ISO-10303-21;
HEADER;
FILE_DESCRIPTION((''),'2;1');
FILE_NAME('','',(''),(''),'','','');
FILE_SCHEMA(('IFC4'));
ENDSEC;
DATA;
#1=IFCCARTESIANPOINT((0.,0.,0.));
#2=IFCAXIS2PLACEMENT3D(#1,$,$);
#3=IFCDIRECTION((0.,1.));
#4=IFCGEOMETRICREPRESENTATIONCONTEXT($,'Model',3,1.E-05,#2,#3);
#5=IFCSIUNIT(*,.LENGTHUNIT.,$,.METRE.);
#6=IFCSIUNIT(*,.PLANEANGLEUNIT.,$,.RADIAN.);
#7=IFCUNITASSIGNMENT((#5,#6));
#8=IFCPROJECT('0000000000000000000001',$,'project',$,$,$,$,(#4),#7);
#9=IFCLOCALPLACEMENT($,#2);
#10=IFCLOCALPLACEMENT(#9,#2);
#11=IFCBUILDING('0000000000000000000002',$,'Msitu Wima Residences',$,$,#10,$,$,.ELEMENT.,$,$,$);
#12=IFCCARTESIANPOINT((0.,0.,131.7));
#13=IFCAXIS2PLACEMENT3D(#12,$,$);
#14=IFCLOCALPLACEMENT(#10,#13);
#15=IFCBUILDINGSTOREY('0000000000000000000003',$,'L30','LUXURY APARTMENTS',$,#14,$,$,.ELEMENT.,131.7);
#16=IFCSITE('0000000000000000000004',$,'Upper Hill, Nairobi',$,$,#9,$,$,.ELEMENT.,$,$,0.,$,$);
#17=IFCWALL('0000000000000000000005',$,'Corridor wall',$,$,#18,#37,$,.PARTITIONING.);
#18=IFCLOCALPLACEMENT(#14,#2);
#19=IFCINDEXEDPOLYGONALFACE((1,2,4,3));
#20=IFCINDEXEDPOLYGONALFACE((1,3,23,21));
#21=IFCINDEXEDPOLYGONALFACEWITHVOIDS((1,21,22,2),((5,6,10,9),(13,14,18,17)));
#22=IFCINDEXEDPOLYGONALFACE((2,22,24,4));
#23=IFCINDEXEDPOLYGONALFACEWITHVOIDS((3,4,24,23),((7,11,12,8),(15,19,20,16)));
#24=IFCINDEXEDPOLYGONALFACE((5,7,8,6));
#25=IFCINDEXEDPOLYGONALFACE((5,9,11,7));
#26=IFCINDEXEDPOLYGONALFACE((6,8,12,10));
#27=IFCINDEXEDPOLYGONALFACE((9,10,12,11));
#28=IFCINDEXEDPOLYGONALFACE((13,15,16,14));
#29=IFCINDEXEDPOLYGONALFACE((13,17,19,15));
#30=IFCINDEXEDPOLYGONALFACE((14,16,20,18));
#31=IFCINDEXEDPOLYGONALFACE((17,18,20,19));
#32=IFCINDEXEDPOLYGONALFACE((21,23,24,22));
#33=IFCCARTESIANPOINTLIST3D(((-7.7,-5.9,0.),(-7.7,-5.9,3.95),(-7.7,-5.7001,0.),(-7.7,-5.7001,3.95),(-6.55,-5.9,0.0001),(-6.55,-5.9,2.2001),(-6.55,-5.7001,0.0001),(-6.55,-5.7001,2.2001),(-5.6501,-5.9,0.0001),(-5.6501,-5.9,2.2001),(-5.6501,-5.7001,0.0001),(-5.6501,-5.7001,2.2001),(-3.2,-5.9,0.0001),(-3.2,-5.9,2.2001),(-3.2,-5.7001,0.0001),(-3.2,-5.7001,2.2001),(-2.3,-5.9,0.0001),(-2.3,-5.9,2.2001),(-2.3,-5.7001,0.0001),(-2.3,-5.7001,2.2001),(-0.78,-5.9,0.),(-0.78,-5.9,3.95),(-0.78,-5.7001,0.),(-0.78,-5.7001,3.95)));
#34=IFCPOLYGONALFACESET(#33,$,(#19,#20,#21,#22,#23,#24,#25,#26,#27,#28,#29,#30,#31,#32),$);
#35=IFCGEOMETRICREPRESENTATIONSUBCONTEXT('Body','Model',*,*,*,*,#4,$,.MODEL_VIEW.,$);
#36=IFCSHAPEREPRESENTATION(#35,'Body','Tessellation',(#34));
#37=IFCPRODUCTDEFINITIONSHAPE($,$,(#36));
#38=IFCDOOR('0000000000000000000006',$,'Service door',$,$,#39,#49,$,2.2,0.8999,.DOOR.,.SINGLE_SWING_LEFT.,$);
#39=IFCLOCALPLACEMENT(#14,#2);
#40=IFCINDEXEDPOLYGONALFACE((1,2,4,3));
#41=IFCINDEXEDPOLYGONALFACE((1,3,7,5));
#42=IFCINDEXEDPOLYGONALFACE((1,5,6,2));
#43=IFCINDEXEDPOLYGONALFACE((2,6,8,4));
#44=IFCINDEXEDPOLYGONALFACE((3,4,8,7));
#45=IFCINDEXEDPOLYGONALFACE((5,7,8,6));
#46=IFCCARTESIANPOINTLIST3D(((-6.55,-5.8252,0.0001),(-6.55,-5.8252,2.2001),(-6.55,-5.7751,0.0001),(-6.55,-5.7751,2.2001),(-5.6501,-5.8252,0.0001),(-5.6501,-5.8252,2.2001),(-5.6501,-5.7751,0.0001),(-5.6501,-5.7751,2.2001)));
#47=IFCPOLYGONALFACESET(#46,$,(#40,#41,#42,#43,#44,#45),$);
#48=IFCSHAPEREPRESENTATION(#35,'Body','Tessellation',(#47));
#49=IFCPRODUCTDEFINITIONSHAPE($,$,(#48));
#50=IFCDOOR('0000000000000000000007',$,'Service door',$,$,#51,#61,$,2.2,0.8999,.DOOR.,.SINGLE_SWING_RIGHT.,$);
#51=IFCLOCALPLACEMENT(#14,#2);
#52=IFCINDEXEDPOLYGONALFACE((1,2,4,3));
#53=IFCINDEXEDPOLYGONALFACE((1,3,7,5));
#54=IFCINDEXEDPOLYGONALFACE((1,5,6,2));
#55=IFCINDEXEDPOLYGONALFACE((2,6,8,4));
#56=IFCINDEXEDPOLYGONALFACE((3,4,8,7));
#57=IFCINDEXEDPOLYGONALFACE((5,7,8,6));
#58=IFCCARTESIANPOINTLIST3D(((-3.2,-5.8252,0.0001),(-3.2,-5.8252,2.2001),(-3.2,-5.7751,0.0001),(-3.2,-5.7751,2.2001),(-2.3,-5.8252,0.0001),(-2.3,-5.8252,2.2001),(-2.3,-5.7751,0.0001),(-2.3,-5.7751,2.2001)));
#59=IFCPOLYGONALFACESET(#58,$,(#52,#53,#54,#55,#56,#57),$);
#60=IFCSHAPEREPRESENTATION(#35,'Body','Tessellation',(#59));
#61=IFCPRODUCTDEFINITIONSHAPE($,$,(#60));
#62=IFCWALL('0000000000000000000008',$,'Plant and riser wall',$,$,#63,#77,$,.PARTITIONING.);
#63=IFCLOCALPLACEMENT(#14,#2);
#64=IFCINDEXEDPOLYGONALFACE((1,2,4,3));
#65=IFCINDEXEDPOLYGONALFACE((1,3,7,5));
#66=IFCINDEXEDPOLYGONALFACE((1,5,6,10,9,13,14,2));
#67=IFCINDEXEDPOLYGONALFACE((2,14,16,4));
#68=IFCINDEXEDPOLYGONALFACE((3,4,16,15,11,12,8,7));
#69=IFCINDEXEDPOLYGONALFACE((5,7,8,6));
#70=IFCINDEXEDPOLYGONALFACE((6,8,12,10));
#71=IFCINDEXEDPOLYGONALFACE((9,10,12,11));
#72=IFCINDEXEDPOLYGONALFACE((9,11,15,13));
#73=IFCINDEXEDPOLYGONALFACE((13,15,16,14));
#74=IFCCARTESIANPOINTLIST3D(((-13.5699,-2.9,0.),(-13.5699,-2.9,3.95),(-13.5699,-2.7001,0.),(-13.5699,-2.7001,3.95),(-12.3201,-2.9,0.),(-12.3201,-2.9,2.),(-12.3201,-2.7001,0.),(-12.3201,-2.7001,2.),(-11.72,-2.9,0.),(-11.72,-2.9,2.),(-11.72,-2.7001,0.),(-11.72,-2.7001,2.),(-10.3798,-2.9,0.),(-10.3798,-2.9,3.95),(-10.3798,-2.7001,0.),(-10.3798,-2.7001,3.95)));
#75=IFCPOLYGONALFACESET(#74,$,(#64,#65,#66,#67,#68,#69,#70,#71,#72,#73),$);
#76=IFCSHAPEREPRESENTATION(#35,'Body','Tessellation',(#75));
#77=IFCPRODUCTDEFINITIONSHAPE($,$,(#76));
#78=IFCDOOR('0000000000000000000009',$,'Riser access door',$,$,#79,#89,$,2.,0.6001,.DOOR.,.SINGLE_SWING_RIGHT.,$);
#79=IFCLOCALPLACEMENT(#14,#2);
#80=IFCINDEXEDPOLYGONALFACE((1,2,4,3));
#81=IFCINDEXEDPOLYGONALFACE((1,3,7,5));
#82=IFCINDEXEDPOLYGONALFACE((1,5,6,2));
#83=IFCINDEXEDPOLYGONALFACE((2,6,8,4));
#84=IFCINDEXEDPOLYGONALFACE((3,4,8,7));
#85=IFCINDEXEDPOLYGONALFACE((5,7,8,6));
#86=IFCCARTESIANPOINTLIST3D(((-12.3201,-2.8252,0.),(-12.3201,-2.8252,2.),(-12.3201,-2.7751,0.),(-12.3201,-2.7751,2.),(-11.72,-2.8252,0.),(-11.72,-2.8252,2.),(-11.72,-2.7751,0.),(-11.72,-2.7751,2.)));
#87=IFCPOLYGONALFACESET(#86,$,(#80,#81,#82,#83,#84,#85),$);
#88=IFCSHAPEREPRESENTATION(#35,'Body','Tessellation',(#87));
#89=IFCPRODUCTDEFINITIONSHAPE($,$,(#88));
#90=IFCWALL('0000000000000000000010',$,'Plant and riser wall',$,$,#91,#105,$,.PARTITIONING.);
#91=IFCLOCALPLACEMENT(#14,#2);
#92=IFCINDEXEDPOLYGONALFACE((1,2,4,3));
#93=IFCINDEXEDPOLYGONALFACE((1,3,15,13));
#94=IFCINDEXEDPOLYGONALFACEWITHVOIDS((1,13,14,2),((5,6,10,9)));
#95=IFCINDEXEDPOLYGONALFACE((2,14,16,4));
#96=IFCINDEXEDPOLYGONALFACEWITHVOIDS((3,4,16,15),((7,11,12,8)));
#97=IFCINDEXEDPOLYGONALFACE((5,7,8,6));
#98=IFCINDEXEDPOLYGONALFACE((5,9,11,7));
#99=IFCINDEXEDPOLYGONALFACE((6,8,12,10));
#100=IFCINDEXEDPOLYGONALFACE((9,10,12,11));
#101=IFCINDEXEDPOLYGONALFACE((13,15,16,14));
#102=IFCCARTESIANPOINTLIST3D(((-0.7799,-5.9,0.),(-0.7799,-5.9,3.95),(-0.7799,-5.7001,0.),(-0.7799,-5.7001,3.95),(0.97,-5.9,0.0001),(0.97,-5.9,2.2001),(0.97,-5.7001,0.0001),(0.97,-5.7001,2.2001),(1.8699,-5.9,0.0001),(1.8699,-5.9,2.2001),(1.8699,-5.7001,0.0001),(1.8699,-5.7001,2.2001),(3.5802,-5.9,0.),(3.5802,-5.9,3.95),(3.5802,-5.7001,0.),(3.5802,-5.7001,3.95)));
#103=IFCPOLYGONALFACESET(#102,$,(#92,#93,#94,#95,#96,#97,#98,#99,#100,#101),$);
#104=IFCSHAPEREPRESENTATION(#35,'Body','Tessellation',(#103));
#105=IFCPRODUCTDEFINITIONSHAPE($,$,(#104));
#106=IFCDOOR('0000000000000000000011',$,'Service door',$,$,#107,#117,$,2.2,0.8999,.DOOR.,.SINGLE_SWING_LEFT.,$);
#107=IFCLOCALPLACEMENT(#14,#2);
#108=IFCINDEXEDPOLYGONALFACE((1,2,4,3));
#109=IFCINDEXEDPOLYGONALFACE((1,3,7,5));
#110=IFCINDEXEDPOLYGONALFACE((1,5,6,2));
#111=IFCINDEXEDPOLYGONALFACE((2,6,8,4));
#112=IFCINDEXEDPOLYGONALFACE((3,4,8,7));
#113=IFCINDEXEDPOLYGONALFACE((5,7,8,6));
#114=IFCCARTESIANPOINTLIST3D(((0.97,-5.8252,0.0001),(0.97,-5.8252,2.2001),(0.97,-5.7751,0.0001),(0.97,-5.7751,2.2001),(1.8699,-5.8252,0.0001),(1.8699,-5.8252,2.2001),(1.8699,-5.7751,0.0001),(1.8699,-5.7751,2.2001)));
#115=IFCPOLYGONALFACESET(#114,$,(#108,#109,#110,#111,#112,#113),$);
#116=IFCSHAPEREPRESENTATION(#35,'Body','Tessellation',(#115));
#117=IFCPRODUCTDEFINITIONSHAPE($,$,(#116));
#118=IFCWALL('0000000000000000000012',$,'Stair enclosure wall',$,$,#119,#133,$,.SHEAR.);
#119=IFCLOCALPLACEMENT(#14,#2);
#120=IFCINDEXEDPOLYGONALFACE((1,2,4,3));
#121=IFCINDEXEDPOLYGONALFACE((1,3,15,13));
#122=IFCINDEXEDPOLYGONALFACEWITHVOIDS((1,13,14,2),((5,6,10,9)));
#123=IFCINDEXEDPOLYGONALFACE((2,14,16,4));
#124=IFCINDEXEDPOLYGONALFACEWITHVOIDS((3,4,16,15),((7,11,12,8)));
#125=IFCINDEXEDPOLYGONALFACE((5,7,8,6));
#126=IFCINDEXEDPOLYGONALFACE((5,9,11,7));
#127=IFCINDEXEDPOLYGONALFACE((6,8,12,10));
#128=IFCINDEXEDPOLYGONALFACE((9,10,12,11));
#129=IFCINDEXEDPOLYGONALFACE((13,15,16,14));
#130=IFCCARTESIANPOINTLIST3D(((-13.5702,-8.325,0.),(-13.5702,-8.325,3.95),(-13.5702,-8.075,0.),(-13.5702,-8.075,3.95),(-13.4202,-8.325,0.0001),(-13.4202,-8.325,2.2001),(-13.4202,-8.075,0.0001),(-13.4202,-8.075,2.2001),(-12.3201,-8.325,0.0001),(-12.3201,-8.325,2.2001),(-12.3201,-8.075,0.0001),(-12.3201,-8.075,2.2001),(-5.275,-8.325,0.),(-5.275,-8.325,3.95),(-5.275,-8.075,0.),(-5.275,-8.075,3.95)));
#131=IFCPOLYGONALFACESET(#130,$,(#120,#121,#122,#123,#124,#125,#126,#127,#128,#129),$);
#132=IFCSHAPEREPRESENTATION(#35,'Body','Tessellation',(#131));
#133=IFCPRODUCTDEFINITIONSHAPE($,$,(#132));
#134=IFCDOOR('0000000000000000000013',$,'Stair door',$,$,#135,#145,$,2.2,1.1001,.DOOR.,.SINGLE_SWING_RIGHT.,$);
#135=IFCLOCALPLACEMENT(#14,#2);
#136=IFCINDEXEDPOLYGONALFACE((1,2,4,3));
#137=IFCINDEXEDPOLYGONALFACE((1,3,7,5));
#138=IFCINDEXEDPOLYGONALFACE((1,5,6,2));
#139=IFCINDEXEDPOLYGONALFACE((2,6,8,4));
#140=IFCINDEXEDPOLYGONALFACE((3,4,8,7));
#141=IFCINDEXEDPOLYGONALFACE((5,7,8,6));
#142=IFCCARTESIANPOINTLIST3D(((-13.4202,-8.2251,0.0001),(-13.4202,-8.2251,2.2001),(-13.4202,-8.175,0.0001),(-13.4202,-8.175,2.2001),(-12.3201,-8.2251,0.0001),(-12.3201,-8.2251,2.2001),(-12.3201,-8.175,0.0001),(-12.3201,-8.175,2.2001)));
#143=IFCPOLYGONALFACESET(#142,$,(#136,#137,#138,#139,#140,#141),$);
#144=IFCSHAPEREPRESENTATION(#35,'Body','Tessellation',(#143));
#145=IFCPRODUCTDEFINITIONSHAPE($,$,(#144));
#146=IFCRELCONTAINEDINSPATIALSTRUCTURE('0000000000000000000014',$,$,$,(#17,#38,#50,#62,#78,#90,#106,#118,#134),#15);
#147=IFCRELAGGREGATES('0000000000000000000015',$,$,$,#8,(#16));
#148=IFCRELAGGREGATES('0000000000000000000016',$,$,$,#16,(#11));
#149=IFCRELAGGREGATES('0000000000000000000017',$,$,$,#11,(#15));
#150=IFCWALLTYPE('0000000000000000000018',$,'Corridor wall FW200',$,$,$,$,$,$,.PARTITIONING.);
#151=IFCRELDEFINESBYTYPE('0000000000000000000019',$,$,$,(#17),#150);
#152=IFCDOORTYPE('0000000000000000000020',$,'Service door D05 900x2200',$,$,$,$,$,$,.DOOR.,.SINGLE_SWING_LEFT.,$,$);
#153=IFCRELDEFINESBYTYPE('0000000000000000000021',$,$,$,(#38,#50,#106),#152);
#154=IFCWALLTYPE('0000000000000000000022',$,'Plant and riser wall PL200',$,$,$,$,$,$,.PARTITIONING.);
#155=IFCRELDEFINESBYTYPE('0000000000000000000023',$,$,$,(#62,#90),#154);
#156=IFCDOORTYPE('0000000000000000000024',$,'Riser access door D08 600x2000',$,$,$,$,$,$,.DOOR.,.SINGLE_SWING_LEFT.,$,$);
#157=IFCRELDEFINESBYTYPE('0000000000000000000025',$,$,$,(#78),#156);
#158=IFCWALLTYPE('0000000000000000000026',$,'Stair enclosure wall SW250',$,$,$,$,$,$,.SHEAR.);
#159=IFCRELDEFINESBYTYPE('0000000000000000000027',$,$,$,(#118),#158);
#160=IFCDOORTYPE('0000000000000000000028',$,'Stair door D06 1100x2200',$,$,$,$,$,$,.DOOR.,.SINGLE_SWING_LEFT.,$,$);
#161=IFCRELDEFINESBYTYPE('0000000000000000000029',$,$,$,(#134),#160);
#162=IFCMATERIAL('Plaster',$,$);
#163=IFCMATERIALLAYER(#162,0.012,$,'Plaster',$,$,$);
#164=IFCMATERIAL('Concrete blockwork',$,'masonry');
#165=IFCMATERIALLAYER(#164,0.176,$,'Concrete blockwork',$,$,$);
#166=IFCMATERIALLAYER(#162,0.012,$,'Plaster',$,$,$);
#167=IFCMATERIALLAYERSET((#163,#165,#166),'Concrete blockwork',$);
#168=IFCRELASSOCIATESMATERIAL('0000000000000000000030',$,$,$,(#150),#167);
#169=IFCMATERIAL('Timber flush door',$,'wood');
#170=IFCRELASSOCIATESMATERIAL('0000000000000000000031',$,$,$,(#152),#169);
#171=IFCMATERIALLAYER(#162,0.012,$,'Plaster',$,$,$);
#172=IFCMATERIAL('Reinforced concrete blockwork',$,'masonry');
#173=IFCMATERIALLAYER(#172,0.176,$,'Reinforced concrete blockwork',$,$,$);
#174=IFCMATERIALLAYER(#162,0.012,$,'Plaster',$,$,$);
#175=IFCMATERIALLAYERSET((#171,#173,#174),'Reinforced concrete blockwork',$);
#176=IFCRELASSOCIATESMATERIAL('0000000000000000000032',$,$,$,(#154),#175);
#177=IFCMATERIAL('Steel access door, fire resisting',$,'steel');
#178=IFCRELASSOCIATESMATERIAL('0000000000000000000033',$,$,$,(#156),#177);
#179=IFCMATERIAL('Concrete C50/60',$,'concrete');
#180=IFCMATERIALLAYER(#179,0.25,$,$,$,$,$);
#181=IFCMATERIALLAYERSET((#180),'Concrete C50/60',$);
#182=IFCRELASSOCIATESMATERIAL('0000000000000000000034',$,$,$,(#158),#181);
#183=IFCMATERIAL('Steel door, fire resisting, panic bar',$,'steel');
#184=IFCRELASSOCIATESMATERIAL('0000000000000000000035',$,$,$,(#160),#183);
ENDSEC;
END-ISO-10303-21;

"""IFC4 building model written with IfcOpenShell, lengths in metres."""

from ifc_helpers import new_model, si_unit, direction, frame, frame_2d, origin, place, context, subcontext, project, spatial, rectangle, extrude, material, layer, layer_set, type_object, element, fill, save


model = new_model("IFC4")

# Units and contexts
model_context = context("Model", 3, precision=1e-05, world=origin(), true_north=direction((0.0, 1.0)))
body_context = subcontext(model_context, "Body", "Model", "MODEL_VIEW")
ifc_project = project(units=[si_unit("LENGTHUNIT", "METRE"), si_unit("PLANEANGLEUNIT", "RADIAN")], contexts=[model_context])

# Site, building, storey
site_placement = place(None, origin())
site = spatial("IfcSite", under=ifc_project, at=site_placement, Name="Upper Hill, Nairobi", CompositionType="ELEMENT", RefElevation=0.0)
building_placement = place(site_placement, origin())
building = spatial("IfcBuilding", under=site, at=building_placement, Name="Msitu Wima Residences", CompositionType="ELEMENT")
storey_placement = place(building_placement, frame((0.0, 0.0, 131.7)))
storey = spatial("IfcBuildingStorey", under=building, at=storey_placement, Name="L30", Description="LUXURY APARTMENTS", CompositionType="ELEMENT", Elevation=131.7)

# Shared definitions
ifc_material_1 = material(Name="Plaster")
ifc_layer_1 = layer(ifc_material_1, 0.012, Name="Plaster")
ifc_material_2 = material(Name="Concrete blockwork", Category="masonry")
ifc_layer_2 = layer(ifc_material_2, 0.176, Name="Concrete blockwork")
ifc_layer_3 = layer(ifc_material_1, 0.012, Name="Plaster")
ifc_layer_set_1 = layer_set([ifc_layer_1, ifc_layer_2, ifc_layer_3], Name="Concrete blockwork")
wall_type_1 = type_object("IfcWallType", Name="Corridor wall FW200", PredefinedType="PARTITIONING", material=ifc_layer_set_1)

# Wall, openings, doors
wall_1_placement = place(storey_placement, frame((-7.7, -5.8, 0.0), z_axis=(0.0, 0.0, 1.0), x_axis=(1.0, 0.0, 0.0)))
wall_1 = element("IfcWall", 1, at=wall_1_placement, inside=storey, type_object=wall_type_1, Name="Corridor wall", PredefinedType="PARTITIONING", context=body_context, shape_type="SweptSolid", body=[
    extrude(rectangle(XDim=6.9199, YDim=0.2, at=frame_2d((3.46, 0.0))), origin(), (0.0, 0.0, 1.0), 3.95),
])
opening_1_placement = place(wall_1_placement, frame((1.1499, 0.0, 0.0)))
opening_1 = element("IfcOpeningElement", 2, at=opening_1_placement, cuts=wall_1, PredefinedType="OPENING", context=body_context, shape_type="SweptSolid", body=[
    extrude(rectangle(XDim=0.8999, YDim=2.2, at=frame_2d((0.45, 1.1001))), frame((0.0, 0.1099, 0.0), z_axis=(0.0, -1.0, 0.0), x_axis=(1.0, 0.0, 0.0)), (0.0, 0.0, 1.0), 0.22),
])
opening_2_placement = place(wall_1_placement, frame((4.5, 0.0, 0.0)))
opening_2 = element("IfcOpeningElement", 3, at=opening_2_placement, cuts=wall_1, PredefinedType="OPENING", context=body_context, shape_type="SweptSolid", body=[
    extrude(rectangle(XDim=0.8999, YDim=2.2, at=frame_2d((0.45, 1.1001))), frame((0.0, 0.1099, 0.0), z_axis=(0.0, -1.0, 0.0), x_axis=(1.0, 0.0, 0.0)), (0.0, 0.0, 1.0), 0.22),
])
ifc_material_3 = material(Name="Timber flush door", Category="wood")
door_type_1 = type_object("IfcDoorType", Name="Service door D05 900x2200", OperationType="SINGLE_SWING_LEFT", PredefinedType="DOOR", material=ifc_material_3)
door_1_placement = place(opening_1_placement, origin())
door_1 = element("IfcDoor", 4, at=door_1_placement, inside=storey, type_object=door_type_1, Name="Service door", OperationType="SINGLE_SWING_LEFT", OverallHeight=2.2, OverallWidth=0.8999, PredefinedType="DOOR", context=body_context, shape_type="SweptSolid", body=[
    extrude(rectangle(XDim=0.8999, YDim=2.2, at=frame_2d((0.45, 1.1001))), frame((0.0, 0.0249, 0.0), z_axis=(0.0, -1.0, 0.0), x_axis=(1.0, 0.0, 0.0)), (0.0, 0.0, 1.0), 0.05),
])
fill(opening_1, door_1)
door_2_placement = place(opening_2_placement, origin())
door_2 = element("IfcDoor", 5, at=door_2_placement, inside=storey, type_object=door_type_1, Name="Service door", OperationType="SINGLE_SWING_RIGHT", OverallHeight=2.2, OverallWidth=0.8999, PredefinedType="DOOR", context=body_context, shape_type="SweptSolid", body=[
    extrude(rectangle(XDim=0.8999, YDim=2.2, at=frame_2d((0.45, 1.1001))), frame((0.0, 0.0249, 0.0), z_axis=(0.0, -1.0, 0.0), x_axis=(1.0, 0.0, 0.0)), (0.0, 0.0, 1.0), 0.05),
])
fill(opening_2, door_2)

# Walls, openings, doors
ifc_layer_4 = layer(ifc_material_1, 0.012, Name="Plaster")
ifc_material_4 = material(Name="Reinforced concrete blockwork", Category="masonry")
ifc_layer_5 = layer(ifc_material_4, 0.176, Name="Reinforced concrete blockwork")
ifc_layer_6 = layer(ifc_material_1, 0.012, Name="Plaster")
ifc_layer_set_2 = layer_set([ifc_layer_4, ifc_layer_5, ifc_layer_6], Name="Reinforced concrete blockwork")
wall_type_2 = type_object("IfcWallType", Name="Plant and riser wall PL200", PredefinedType="PARTITIONING", material=ifc_layer_set_2)
wall_2_placement = place(storey_placement, frame((-13.5701, -2.8, 0.0), z_axis=(0.0, 0.0, 1.0), x_axis=(1.0, 0.0, 0.0)))
wall_2 = element("IfcWall", 6, at=wall_2_placement, inside=storey, type_object=wall_type_2, Name="Plant and riser wall", PredefinedType="PARTITIONING", context=body_context, shape_type="SweptSolid", body=[
    extrude(rectangle(XDim=3.1902, YDim=0.2, at=frame_2d((1.5952, 0.0))), origin(), (0.0, 0.0, 1.0), 3.95),
])
opening_3_placement = place(wall_2_placement, frame((1.25, 0.0, 0.0)))
opening_3 = element("IfcOpeningElement", 7, at=opening_3_placement, cuts=wall_2, PredefinedType="OPENING", context=body_context, shape_type="SweptSolid", body=[
    extrude(rectangle(XDim=0.6001, YDim=2.0, at=frame_2d((0.3, 1.0))), frame((0.0, 0.1099, 0.0), z_axis=(0.0, -1.0, 0.0), x_axis=(1.0, 0.0, 0.0)), (0.0, 0.0, 1.0), 0.22),
])
ifc_material_5 = material(Name="Steel access door, fire resisting", Category="steel")
door_type_2 = type_object("IfcDoorType", Name="Riser access door D08 600x2000", OperationType="SINGLE_SWING_LEFT", PredefinedType="DOOR", material=ifc_material_5)
door_3_placement = place(opening_3_placement, origin())
door_3 = element("IfcDoor", 8, at=door_3_placement, inside=storey, type_object=door_type_2, Name="Riser access door", OperationType="SINGLE_SWING_RIGHT", OverallHeight=2.0, OverallWidth=0.6001, PredefinedType="DOOR", context=body_context, shape_type="SweptSolid", body=[
    extrude(rectangle(XDim=0.6001, YDim=2.0, at=frame_2d((0.3, 1.0))), frame((0.0, 0.0249, 0.0), z_axis=(0.0, -1.0, 0.0), x_axis=(1.0, 0.0, 0.0)), (0.0, 0.0, 1.0), 0.05),
])
fill(opening_3, door_3)
wall_3_placement = place(storey_placement, frame((-0.78, -5.8, 0.0), z_axis=(0.0, 0.0, 1.0), x_axis=(1.0, 0.0, 0.0)))
wall_3 = element("IfcWall", 9, at=wall_3_placement, inside=storey, type_object=wall_type_2, Name="Plant and riser wall", PredefinedType="PARTITIONING", context=body_context, shape_type="SweptSolid", body=[
    extrude(rectangle(XDim=4.3601, YDim=0.2, at=frame_2d((2.1802, 0.0))), origin(), (0.0, 0.0, 1.0), 3.95),
])
opening_4_placement = place(wall_3_placement, frame((1.75, 0.0, 0.0)))
opening_4 = element("IfcOpeningElement", 10, at=opening_4_placement, cuts=wall_3, PredefinedType="OPENING", context=body_context, shape_type="SweptSolid", body=[
    extrude(rectangle(XDim=0.8999, YDim=2.2, at=frame_2d((0.45, 1.1001))), frame((0.0, 0.1099, 0.0), z_axis=(0.0, -1.0, 0.0), x_axis=(1.0, 0.0, 0.0)), (0.0, 0.0, 1.0), 0.22),
])
door_4_placement = place(opening_4_placement, origin())
door_4 = element("IfcDoor", 11, at=door_4_placement, inside=storey, type_object=door_type_1, Name="Service door", OperationType="SINGLE_SWING_LEFT", OverallHeight=2.2, OverallWidth=0.8999, PredefinedType="DOOR", context=body_context, shape_type="SweptSolid", body=[
    extrude(rectangle(XDim=0.8999, YDim=2.2, at=frame_2d((0.45, 1.1001))), frame((0.0, 0.0249, 0.0), z_axis=(0.0, -1.0, 0.0), x_axis=(1.0, 0.0, 0.0)), (0.0, 0.0, 1.0), 0.05),
])
fill(opening_4, door_4)
ifc_material_6 = material(Name="Concrete C50/60", Category="concrete")
ifc_layer_7 = layer(ifc_material_6, 0.25)
ifc_layer_set_3 = layer_set([ifc_layer_7], Name="Concrete C50/60")
wall_type_3 = type_object("IfcWallType", Name="Stair enclosure wall SW250", PredefinedType="SHEAR", material=ifc_layer_set_3)
wall_4_placement = place(storey_placement, frame((-13.5701, -8.2, 0.0), z_axis=(0.0, 0.0, 1.0), x_axis=(1.0, 0.0, 0.0)))
wall_4 = element("IfcWall", 12, at=wall_4_placement, inside=storey, type_object=wall_type_3, Name="Stair enclosure wall", PredefinedType="SHEAR", context=body_context, shape_type="SweptSolid", body=[
    extrude(rectangle(XDim=8.2952, YDim=0.25, at=frame_2d((4.1475, 0.0))), origin(), (0.0, 0.0, 1.0), 3.95),
])
opening_5_placement = place(wall_4_placement, frame((0.1499, 0.0, 0.0)))
opening_5 = element("IfcOpeningElement", 13, at=opening_5_placement, cuts=wall_4, PredefinedType="OPENING", context=body_context, shape_type="SweptSolid", body=[
    extrude(rectangle(XDim=1.1001, YDim=2.2, at=frame_2d((0.55, 1.1001))), frame((0.0, 0.135, 0.0), z_axis=(0.0, -1.0, 0.0), x_axis=(1.0, 0.0, 0.0)), (0.0, 0.0, 1.0), 0.27),
])
ifc_material_7 = material(Name="Steel door, fire resisting, panic bar", Category="steel")
door_type_3 = type_object("IfcDoorType", Name="Stair door D06 1100x2200", OperationType="SINGLE_SWING_LEFT", PredefinedType="DOOR", material=ifc_material_7)
door_5_placement = place(opening_5_placement, origin())
door_5 = element("IfcDoor", 14, at=door_5_placement, inside=storey, type_object=door_type_3, Name="Stair door", OperationType="SINGLE_SWING_RIGHT", OverallHeight=2.2, OverallWidth=1.1001, PredefinedType="DOOR", context=body_context, shape_type="SweptSolid", body=[
    extrude(rectangle(XDim=1.1001, YDim=2.2, at=frame_2d((0.55, 1.1001))), frame((0.0, 0.0249, 0.0), z_axis=(0.0, -1.0, 0.0), x_axis=(1.0, 0.0, 0.0)), (0.0, 0.0, 1.0), 0.05),
])
fill(opening_5, door_5)

save(model, "model.ifc")
